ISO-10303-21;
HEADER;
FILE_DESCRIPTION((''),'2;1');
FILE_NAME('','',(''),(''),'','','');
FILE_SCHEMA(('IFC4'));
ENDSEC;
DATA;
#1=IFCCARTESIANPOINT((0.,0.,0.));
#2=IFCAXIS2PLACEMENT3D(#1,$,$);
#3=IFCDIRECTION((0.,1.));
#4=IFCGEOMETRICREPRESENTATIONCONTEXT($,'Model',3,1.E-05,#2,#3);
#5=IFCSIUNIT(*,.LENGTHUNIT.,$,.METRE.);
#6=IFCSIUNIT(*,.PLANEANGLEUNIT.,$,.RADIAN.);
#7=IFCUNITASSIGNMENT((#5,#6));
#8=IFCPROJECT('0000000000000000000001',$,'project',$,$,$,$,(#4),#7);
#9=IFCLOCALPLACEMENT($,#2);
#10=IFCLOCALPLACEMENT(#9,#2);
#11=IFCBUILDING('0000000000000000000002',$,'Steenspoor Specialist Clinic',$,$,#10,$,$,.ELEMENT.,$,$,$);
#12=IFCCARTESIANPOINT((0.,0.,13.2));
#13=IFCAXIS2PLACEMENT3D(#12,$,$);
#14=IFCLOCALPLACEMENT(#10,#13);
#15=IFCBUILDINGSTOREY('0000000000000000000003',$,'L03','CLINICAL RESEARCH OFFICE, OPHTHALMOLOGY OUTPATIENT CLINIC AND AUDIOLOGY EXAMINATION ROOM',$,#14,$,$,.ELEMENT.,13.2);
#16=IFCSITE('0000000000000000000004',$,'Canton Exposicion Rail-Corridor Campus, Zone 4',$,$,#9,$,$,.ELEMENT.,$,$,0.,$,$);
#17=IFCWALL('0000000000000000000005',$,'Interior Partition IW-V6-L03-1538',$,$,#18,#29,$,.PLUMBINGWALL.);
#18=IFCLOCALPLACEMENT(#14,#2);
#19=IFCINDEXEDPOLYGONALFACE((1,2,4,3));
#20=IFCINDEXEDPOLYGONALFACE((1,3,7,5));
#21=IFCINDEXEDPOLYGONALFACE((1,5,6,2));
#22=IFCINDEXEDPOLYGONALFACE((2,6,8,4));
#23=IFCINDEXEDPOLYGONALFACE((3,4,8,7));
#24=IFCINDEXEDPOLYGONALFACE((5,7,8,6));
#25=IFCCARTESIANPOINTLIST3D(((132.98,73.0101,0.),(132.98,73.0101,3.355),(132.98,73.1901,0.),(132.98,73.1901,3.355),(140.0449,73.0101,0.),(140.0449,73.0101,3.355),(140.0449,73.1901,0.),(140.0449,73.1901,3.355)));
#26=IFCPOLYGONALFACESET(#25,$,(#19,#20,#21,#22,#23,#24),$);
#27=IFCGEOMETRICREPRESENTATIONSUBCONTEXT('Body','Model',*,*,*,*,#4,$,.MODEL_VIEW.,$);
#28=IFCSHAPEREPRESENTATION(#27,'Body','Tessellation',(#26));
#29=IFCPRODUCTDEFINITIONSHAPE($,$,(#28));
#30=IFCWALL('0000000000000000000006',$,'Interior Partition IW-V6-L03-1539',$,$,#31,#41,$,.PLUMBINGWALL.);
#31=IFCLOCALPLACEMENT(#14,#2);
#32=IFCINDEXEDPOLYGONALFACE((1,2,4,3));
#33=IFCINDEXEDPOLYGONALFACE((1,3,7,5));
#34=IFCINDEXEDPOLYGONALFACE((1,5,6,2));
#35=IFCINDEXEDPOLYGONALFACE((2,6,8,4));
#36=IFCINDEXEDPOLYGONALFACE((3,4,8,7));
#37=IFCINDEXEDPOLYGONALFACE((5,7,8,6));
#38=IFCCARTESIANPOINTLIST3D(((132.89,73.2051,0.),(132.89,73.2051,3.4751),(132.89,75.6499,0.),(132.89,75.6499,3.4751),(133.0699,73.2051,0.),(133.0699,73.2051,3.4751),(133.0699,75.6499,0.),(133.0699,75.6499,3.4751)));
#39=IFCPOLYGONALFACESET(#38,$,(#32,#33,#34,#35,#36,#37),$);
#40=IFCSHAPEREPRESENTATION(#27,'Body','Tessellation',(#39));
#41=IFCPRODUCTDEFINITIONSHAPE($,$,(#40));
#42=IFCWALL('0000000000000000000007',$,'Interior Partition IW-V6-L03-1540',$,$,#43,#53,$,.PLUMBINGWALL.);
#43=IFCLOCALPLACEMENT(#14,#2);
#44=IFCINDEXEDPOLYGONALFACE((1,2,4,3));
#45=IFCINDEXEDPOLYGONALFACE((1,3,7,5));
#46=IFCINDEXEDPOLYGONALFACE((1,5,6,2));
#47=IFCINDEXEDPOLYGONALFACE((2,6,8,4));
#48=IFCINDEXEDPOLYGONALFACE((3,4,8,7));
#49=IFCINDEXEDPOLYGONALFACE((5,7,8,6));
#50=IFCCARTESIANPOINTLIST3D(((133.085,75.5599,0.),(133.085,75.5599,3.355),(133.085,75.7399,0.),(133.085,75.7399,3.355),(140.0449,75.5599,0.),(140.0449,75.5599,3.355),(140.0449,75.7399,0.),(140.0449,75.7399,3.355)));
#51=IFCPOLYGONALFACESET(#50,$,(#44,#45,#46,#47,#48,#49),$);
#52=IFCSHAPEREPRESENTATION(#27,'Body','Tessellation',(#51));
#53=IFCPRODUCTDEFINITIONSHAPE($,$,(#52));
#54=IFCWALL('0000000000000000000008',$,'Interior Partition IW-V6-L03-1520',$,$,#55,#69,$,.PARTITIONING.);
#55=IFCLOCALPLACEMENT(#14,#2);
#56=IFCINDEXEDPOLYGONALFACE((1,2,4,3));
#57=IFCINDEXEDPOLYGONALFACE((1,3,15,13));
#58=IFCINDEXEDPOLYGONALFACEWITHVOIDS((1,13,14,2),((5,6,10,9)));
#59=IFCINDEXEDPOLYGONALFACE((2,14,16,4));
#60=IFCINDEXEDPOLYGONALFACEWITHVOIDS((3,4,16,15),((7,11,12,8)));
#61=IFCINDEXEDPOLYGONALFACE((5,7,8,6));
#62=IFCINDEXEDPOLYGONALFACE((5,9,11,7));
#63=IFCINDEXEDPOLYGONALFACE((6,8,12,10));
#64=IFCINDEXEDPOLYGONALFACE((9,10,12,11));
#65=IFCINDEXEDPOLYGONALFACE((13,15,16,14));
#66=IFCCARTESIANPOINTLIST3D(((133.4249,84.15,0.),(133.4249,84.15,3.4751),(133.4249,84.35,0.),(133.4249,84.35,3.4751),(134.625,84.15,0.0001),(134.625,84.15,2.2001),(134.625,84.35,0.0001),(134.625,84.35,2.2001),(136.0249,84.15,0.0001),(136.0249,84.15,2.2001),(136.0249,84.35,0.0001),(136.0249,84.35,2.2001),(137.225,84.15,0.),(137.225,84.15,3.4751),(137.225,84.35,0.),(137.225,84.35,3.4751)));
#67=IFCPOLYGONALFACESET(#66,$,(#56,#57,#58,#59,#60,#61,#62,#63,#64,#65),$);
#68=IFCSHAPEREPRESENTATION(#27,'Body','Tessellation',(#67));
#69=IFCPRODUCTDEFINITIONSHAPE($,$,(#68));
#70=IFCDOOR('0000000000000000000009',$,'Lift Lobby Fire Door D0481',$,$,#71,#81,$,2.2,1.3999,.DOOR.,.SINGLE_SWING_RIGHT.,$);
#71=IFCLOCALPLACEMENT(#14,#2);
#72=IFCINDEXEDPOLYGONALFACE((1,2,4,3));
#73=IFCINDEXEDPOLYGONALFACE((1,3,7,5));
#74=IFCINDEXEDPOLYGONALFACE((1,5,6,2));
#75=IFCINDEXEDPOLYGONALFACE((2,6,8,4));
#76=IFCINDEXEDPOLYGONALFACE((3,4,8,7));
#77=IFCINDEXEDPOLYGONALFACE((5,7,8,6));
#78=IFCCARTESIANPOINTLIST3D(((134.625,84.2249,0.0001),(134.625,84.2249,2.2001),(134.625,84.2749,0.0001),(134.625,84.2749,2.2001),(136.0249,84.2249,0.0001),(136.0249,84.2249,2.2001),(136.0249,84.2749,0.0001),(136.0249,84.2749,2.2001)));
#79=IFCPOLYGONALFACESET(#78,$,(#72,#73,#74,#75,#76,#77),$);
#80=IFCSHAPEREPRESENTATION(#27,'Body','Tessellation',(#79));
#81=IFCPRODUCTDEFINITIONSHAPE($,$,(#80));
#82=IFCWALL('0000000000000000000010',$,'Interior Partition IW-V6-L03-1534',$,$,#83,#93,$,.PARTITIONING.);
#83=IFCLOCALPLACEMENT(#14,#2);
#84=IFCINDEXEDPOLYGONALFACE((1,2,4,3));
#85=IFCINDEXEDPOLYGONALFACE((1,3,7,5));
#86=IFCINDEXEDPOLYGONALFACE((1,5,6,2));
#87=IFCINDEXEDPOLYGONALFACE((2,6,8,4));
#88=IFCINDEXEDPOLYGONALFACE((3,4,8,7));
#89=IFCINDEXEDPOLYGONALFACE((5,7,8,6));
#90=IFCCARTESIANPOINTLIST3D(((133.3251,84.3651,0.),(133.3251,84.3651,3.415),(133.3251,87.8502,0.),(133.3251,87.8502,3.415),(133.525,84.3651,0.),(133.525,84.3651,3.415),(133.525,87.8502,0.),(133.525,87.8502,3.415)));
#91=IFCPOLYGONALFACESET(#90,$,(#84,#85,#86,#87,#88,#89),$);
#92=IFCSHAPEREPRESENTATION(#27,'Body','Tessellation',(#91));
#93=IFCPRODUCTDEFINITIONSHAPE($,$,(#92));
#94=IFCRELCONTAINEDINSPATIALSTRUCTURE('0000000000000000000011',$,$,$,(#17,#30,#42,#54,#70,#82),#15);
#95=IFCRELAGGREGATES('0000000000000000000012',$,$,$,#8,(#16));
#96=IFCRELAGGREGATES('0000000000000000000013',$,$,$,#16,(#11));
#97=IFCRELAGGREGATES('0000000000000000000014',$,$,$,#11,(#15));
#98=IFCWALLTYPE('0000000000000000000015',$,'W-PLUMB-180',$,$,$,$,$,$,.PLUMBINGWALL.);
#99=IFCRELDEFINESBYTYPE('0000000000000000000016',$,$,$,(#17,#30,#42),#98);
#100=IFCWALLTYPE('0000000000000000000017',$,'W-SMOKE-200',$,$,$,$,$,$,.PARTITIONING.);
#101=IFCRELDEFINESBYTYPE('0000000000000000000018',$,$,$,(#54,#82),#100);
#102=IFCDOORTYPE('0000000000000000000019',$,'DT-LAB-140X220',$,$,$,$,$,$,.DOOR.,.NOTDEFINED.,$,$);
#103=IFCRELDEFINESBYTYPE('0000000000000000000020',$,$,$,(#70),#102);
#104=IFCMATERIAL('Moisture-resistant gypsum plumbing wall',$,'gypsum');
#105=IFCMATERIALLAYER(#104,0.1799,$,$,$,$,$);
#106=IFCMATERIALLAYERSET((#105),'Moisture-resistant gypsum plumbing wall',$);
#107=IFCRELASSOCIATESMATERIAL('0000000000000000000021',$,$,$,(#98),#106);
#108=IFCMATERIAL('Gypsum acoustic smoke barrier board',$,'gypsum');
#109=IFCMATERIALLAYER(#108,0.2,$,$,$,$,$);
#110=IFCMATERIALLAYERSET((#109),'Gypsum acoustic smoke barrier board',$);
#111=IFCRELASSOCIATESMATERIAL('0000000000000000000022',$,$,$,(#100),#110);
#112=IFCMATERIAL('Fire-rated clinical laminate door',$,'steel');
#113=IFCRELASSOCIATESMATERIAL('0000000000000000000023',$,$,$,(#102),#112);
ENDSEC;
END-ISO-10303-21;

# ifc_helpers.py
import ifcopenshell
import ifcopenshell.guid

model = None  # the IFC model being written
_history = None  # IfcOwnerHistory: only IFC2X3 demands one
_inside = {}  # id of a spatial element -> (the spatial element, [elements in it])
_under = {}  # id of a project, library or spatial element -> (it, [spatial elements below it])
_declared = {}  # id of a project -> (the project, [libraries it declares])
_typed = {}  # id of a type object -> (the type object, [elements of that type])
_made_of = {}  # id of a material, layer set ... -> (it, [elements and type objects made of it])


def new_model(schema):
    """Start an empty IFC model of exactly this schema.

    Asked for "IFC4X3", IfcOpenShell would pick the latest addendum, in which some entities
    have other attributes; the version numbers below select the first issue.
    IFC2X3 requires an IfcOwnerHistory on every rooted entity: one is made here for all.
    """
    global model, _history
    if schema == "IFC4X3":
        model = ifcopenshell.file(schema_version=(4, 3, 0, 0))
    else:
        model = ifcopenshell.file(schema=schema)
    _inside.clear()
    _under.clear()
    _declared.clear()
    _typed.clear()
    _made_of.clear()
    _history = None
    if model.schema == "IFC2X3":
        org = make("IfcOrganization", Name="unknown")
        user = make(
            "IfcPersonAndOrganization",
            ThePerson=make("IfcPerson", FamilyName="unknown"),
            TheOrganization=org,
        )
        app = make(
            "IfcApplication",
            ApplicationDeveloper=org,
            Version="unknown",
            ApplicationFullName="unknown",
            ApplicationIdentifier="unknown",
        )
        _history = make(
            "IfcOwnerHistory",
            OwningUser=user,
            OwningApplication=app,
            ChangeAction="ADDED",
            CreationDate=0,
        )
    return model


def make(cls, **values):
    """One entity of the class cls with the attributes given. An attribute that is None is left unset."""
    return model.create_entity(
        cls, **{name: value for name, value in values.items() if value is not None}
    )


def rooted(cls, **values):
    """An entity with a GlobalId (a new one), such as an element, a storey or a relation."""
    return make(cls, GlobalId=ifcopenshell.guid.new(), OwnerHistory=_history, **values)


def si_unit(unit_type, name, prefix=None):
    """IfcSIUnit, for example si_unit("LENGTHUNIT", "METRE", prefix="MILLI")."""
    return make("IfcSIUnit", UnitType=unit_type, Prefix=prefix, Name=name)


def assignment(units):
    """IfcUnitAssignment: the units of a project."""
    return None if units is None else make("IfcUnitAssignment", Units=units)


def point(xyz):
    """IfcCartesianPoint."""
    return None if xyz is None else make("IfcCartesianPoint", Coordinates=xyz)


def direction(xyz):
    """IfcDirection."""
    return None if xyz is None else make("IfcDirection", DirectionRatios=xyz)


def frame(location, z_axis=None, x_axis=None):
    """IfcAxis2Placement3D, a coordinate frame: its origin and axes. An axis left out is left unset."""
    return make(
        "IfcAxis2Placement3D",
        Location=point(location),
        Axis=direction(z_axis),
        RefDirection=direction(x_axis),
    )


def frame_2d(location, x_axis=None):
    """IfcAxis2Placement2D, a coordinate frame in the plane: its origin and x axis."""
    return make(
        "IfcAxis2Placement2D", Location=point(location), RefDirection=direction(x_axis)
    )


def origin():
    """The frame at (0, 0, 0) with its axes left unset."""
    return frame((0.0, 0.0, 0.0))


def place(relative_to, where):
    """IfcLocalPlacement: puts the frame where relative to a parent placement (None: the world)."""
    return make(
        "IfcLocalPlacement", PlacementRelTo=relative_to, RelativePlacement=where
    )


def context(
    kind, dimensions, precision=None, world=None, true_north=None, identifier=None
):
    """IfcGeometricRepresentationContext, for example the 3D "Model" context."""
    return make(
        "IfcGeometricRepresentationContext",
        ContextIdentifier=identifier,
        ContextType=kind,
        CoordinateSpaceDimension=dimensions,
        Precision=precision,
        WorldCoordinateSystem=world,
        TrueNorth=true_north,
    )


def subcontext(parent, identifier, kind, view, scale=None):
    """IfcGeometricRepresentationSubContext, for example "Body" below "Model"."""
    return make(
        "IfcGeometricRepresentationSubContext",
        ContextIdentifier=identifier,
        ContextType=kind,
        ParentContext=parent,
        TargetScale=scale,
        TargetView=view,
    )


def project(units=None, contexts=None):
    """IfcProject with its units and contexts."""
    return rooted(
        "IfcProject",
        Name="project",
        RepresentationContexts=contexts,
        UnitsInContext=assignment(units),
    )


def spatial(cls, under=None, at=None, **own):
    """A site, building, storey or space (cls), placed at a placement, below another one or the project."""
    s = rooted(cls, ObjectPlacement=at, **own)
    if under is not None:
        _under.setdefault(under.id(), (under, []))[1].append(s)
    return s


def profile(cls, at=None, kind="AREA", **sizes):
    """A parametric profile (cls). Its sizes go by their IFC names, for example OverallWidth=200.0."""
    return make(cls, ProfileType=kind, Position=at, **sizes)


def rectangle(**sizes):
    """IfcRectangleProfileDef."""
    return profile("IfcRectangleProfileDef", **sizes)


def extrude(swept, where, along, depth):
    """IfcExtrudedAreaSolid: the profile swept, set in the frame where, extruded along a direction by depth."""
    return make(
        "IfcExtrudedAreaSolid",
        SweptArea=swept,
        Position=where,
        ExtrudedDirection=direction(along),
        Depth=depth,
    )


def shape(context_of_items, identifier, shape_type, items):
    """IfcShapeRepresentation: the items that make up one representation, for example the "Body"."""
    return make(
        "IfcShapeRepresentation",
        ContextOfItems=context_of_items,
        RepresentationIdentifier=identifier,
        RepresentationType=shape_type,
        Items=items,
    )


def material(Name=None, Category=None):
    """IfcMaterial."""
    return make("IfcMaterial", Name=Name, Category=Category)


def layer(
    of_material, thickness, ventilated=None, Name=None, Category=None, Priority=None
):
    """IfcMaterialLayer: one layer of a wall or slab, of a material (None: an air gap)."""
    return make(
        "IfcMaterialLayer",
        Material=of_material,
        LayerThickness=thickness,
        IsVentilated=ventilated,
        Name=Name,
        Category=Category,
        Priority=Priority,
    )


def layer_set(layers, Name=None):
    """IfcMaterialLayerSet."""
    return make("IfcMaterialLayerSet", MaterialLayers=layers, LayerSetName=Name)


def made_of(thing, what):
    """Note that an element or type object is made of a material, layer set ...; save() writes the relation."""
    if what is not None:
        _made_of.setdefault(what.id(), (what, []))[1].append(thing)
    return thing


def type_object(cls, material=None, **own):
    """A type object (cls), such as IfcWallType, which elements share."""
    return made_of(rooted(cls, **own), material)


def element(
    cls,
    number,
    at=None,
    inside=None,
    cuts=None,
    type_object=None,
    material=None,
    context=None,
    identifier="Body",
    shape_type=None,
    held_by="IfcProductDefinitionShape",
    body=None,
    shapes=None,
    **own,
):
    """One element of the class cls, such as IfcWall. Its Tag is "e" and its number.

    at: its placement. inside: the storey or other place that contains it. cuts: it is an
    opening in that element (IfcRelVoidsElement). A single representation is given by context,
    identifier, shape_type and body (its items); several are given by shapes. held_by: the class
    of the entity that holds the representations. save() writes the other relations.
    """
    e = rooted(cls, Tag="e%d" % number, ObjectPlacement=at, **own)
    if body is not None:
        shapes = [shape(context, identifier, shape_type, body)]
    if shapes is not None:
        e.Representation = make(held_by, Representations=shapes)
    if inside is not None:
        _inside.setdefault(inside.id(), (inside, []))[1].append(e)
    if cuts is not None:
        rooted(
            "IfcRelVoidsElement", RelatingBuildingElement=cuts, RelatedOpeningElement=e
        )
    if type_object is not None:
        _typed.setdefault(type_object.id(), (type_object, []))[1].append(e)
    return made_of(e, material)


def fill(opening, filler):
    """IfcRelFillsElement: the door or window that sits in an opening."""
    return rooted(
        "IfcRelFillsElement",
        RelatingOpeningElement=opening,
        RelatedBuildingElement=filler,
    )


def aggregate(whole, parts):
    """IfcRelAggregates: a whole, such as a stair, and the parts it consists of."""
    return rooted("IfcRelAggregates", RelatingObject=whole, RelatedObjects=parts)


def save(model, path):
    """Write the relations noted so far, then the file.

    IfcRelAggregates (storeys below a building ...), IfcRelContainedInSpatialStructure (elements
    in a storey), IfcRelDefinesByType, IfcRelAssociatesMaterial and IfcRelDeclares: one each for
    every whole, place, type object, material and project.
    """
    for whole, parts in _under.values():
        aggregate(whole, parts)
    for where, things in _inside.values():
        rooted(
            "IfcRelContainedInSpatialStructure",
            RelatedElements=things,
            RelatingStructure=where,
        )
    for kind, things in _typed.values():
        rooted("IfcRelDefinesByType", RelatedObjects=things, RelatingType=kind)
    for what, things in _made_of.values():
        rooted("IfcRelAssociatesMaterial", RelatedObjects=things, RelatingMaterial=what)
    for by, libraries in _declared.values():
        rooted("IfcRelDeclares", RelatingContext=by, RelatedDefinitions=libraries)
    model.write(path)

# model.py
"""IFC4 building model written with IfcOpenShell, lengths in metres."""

from ifc_helpers import new_model, si_unit, direction, frame, frame_2d, origin, place, context, subcontext, project, spatial, rectangle, extrude, material, layer, layer_set, type_object, element, fill, save


model = new_model("IFC4")

# Units and contexts
model_context = context("Model", 3, precision=1e-05, world=origin(), true_north=direction((0.0, 1.0)))
body_context = subcontext(model_context, "Body", "Model", "MODEL_VIEW")
ifc_project = project(units=[si_unit("LENGTHUNIT", "METRE"), si_unit("PLANEANGLEUNIT", "RADIAN")], contexts=[model_context])

# Site, building, storey
site_placement = place(None, origin())
site = spatial("IfcSite", under=ifc_project, at=site_placement, Name="Canton Exposicion Rail-Corridor Campus, Zone 4", CompositionType="ELEMENT", RefElevation=0.0)
building_placement = place(site_placement, origin())
building = spatial("IfcBuilding", under=site, at=building_placement, Name="Steenspoor Specialist Clinic", CompositionType="ELEMENT")
storey_placement = place(building_placement, frame((0.0, 0.0, 13.2)))
storey = spatial("IfcBuildingStorey", under=building, at=storey_placement, Name="L03", Description="CLINICAL RESEARCH OFFICE, OPHTHALMOLOGY OUTPATIENT CLINIC AND AUDIOLOGY EXAMINATION ROOM", CompositionType="ELEMENT", Elevation=13.2)

# Walls
ifc_material_1 = material(Name="Moisture-resistant gypsum plumbing wall", Category="gypsum")
ifc_layer_1 = layer(ifc_material_1, 0.1799)
ifc_layer_set_1 = layer_set([ifc_layer_1], Name="Moisture-resistant gypsum plumbing wall")
wall_type_1 = type_object("IfcWallType", Name="W-PLUMB-180", PredefinedType="PLUMBINGWALL", material=ifc_layer_set_1)
wall_1_placement = place(storey_placement, frame((132.98, 73.1001, 0.0), z_axis=(0.0, 0.0, 1.0), x_axis=(1.0, 0.0, 0.0)))
element("IfcWall", 1, at=wall_1_placement, inside=storey, type_object=wall_type_1, Name="Interior Partition IW-V6-L03-1538", PredefinedType="PLUMBINGWALL", context=body_context, shape_type="SweptSolid", body=[
    extrude(rectangle(XDim=7.0649, YDim=0.1799, at=frame_2d((3.5325, 0.0))), origin(), (0.0, 0.0, 1.0), 3.355),
])
wall_2_placement = place(storey_placement, frame((132.98, 73.2051, 0.0), z_axis=(0.0, 0.0, 1.0), x_axis=(0.0, 1.0, 0.0)))
element("IfcWall", 2, at=wall_2_placement, inside=storey, type_object=wall_type_1, Name="Interior Partition IW-V6-L03-1539", PredefinedType="PLUMBINGWALL", context=body_context, shape_type="SweptSolid", body=[
    extrude(rectangle(XDim=2.4448, YDim=0.1799, at=frame_2d((1.2224, 0.0))), origin(), (0.0, 0.0, 1.0), 3.4751),
])
wall_3_placement = place(storey_placement, frame((133.085, 75.6499, 0.0), z_axis=(0.0, 0.0, 1.0), x_axis=(1.0, 0.0, 0.0)))
element("IfcWall", 3, at=wall_3_placement, inside=storey, type_object=wall_type_1, Name="Interior Partition IW-V6-L03-1540", PredefinedType="PLUMBINGWALL", context=body_context, shape_type="SweptSolid", body=[
    extrude(rectangle(XDim=6.96, YDim=0.1799, at=frame_2d((3.48, 0.0))), origin(), (0.0, 0.0, 1.0), 3.355),
])

# Wall, opening, door
ifc_material_2 = material(Name="Gypsum acoustic smoke barrier board", Category="gypsum")
ifc_layer_2 = layer(ifc_material_2, 0.2)
ifc_layer_set_2 = layer_set([ifc_layer_2], Name="Gypsum acoustic smoke barrier board")
wall_type_2 = type_object("IfcWallType", Name="W-SMOKE-200", PredefinedType="PARTITIONING", material=ifc_layer_set_2)
wall_4_placement = place(storey_placement, frame((133.425, 84.25, 0.0), z_axis=(0.0, 0.0, 1.0), x_axis=(1.0, 0.0, 0.0)))
wall_4 = element("IfcWall", 4, at=wall_4_placement, inside=storey, type_object=wall_type_2, Name="Interior Partition IW-V6-L03-1520", PredefinedType="PARTITIONING", context=body_context, shape_type="SweptSolid", body=[
    extrude(rectangle(XDim=3.8, YDim=0.2, at=frame_2d((1.8999, 0.0))), origin(), (0.0, 0.0, 1.0), 3.4751),
])
opening_1_placement = place(wall_4_placement, frame((1.2, 0.0, 0.0)))
opening_1 = element("IfcOpeningElement", 5, at=opening_1_placement, cuts=wall_4, PredefinedType="OPENING", context=body_context, shape_type="SweptSolid", body=[
    extrude(rectangle(XDim=1.3999, YDim=2.2, at=frame_2d((0.7, 1.1001))), frame((0.0, 0.1099, 0.0), z_axis=(0.0, -1.0, 0.0), x_axis=(1.0, 0.0, 0.0)), (0.0, 0.0, 1.0), 0.22),
])
ifc_material_3 = material(Name="Fire-rated clinical laminate door", Category="steel")
door_type_1 = type_object("IfcDoorType", Name="DT-LAB-140X220", OperationType="NOTDEFINED", PredefinedType="DOOR", material=ifc_material_3)
door_1_placement = place(opening_1_placement, origin())
door_1 = element("IfcDoor", 6, at=door_1_placement, inside=storey, type_object=door_type_1, Name="Lift Lobby Fire Door D0481", OperationType="SINGLE_SWING_RIGHT", OverallHeight=2.2, OverallWidth=1.3999, PredefinedType="DOOR", context=body_context, shape_type="SweptSolid", body=[
    extrude(rectangle(XDim=1.3999, YDim=2.2, at=frame_2d((0.7, 1.1001))), frame((0.0, 0.0249, 0.0), z_axis=(0.0, -1.0, 0.0), x_axis=(1.0, 0.0, 0.0)), (0.0, 0.0, 1.0), 0.05),
])
fill(opening_1, door_1)

# Wall
wall_5_placement = place(storey_placement, frame((133.425, 84.365, 0.0), z_axis=(0.0, 0.0, 1.0), x_axis=(0.0, 1.0, 0.0)))
element("IfcWall", 7, at=wall_5_placement, inside=storey, type_object=wall_type_2, Name="Interior Partition IW-V6-L03-1534", PredefinedType="PARTITIONING", context=body_context, shape_type="SweptSolid", body=[
    extrude(rectangle(XDim=3.4851, YDim=0.2, at=frame_2d((1.7427, 0.0))), origin(), (0.0, 0.0, 1.0), 3.415),
])

save(model, "model.ifc")
